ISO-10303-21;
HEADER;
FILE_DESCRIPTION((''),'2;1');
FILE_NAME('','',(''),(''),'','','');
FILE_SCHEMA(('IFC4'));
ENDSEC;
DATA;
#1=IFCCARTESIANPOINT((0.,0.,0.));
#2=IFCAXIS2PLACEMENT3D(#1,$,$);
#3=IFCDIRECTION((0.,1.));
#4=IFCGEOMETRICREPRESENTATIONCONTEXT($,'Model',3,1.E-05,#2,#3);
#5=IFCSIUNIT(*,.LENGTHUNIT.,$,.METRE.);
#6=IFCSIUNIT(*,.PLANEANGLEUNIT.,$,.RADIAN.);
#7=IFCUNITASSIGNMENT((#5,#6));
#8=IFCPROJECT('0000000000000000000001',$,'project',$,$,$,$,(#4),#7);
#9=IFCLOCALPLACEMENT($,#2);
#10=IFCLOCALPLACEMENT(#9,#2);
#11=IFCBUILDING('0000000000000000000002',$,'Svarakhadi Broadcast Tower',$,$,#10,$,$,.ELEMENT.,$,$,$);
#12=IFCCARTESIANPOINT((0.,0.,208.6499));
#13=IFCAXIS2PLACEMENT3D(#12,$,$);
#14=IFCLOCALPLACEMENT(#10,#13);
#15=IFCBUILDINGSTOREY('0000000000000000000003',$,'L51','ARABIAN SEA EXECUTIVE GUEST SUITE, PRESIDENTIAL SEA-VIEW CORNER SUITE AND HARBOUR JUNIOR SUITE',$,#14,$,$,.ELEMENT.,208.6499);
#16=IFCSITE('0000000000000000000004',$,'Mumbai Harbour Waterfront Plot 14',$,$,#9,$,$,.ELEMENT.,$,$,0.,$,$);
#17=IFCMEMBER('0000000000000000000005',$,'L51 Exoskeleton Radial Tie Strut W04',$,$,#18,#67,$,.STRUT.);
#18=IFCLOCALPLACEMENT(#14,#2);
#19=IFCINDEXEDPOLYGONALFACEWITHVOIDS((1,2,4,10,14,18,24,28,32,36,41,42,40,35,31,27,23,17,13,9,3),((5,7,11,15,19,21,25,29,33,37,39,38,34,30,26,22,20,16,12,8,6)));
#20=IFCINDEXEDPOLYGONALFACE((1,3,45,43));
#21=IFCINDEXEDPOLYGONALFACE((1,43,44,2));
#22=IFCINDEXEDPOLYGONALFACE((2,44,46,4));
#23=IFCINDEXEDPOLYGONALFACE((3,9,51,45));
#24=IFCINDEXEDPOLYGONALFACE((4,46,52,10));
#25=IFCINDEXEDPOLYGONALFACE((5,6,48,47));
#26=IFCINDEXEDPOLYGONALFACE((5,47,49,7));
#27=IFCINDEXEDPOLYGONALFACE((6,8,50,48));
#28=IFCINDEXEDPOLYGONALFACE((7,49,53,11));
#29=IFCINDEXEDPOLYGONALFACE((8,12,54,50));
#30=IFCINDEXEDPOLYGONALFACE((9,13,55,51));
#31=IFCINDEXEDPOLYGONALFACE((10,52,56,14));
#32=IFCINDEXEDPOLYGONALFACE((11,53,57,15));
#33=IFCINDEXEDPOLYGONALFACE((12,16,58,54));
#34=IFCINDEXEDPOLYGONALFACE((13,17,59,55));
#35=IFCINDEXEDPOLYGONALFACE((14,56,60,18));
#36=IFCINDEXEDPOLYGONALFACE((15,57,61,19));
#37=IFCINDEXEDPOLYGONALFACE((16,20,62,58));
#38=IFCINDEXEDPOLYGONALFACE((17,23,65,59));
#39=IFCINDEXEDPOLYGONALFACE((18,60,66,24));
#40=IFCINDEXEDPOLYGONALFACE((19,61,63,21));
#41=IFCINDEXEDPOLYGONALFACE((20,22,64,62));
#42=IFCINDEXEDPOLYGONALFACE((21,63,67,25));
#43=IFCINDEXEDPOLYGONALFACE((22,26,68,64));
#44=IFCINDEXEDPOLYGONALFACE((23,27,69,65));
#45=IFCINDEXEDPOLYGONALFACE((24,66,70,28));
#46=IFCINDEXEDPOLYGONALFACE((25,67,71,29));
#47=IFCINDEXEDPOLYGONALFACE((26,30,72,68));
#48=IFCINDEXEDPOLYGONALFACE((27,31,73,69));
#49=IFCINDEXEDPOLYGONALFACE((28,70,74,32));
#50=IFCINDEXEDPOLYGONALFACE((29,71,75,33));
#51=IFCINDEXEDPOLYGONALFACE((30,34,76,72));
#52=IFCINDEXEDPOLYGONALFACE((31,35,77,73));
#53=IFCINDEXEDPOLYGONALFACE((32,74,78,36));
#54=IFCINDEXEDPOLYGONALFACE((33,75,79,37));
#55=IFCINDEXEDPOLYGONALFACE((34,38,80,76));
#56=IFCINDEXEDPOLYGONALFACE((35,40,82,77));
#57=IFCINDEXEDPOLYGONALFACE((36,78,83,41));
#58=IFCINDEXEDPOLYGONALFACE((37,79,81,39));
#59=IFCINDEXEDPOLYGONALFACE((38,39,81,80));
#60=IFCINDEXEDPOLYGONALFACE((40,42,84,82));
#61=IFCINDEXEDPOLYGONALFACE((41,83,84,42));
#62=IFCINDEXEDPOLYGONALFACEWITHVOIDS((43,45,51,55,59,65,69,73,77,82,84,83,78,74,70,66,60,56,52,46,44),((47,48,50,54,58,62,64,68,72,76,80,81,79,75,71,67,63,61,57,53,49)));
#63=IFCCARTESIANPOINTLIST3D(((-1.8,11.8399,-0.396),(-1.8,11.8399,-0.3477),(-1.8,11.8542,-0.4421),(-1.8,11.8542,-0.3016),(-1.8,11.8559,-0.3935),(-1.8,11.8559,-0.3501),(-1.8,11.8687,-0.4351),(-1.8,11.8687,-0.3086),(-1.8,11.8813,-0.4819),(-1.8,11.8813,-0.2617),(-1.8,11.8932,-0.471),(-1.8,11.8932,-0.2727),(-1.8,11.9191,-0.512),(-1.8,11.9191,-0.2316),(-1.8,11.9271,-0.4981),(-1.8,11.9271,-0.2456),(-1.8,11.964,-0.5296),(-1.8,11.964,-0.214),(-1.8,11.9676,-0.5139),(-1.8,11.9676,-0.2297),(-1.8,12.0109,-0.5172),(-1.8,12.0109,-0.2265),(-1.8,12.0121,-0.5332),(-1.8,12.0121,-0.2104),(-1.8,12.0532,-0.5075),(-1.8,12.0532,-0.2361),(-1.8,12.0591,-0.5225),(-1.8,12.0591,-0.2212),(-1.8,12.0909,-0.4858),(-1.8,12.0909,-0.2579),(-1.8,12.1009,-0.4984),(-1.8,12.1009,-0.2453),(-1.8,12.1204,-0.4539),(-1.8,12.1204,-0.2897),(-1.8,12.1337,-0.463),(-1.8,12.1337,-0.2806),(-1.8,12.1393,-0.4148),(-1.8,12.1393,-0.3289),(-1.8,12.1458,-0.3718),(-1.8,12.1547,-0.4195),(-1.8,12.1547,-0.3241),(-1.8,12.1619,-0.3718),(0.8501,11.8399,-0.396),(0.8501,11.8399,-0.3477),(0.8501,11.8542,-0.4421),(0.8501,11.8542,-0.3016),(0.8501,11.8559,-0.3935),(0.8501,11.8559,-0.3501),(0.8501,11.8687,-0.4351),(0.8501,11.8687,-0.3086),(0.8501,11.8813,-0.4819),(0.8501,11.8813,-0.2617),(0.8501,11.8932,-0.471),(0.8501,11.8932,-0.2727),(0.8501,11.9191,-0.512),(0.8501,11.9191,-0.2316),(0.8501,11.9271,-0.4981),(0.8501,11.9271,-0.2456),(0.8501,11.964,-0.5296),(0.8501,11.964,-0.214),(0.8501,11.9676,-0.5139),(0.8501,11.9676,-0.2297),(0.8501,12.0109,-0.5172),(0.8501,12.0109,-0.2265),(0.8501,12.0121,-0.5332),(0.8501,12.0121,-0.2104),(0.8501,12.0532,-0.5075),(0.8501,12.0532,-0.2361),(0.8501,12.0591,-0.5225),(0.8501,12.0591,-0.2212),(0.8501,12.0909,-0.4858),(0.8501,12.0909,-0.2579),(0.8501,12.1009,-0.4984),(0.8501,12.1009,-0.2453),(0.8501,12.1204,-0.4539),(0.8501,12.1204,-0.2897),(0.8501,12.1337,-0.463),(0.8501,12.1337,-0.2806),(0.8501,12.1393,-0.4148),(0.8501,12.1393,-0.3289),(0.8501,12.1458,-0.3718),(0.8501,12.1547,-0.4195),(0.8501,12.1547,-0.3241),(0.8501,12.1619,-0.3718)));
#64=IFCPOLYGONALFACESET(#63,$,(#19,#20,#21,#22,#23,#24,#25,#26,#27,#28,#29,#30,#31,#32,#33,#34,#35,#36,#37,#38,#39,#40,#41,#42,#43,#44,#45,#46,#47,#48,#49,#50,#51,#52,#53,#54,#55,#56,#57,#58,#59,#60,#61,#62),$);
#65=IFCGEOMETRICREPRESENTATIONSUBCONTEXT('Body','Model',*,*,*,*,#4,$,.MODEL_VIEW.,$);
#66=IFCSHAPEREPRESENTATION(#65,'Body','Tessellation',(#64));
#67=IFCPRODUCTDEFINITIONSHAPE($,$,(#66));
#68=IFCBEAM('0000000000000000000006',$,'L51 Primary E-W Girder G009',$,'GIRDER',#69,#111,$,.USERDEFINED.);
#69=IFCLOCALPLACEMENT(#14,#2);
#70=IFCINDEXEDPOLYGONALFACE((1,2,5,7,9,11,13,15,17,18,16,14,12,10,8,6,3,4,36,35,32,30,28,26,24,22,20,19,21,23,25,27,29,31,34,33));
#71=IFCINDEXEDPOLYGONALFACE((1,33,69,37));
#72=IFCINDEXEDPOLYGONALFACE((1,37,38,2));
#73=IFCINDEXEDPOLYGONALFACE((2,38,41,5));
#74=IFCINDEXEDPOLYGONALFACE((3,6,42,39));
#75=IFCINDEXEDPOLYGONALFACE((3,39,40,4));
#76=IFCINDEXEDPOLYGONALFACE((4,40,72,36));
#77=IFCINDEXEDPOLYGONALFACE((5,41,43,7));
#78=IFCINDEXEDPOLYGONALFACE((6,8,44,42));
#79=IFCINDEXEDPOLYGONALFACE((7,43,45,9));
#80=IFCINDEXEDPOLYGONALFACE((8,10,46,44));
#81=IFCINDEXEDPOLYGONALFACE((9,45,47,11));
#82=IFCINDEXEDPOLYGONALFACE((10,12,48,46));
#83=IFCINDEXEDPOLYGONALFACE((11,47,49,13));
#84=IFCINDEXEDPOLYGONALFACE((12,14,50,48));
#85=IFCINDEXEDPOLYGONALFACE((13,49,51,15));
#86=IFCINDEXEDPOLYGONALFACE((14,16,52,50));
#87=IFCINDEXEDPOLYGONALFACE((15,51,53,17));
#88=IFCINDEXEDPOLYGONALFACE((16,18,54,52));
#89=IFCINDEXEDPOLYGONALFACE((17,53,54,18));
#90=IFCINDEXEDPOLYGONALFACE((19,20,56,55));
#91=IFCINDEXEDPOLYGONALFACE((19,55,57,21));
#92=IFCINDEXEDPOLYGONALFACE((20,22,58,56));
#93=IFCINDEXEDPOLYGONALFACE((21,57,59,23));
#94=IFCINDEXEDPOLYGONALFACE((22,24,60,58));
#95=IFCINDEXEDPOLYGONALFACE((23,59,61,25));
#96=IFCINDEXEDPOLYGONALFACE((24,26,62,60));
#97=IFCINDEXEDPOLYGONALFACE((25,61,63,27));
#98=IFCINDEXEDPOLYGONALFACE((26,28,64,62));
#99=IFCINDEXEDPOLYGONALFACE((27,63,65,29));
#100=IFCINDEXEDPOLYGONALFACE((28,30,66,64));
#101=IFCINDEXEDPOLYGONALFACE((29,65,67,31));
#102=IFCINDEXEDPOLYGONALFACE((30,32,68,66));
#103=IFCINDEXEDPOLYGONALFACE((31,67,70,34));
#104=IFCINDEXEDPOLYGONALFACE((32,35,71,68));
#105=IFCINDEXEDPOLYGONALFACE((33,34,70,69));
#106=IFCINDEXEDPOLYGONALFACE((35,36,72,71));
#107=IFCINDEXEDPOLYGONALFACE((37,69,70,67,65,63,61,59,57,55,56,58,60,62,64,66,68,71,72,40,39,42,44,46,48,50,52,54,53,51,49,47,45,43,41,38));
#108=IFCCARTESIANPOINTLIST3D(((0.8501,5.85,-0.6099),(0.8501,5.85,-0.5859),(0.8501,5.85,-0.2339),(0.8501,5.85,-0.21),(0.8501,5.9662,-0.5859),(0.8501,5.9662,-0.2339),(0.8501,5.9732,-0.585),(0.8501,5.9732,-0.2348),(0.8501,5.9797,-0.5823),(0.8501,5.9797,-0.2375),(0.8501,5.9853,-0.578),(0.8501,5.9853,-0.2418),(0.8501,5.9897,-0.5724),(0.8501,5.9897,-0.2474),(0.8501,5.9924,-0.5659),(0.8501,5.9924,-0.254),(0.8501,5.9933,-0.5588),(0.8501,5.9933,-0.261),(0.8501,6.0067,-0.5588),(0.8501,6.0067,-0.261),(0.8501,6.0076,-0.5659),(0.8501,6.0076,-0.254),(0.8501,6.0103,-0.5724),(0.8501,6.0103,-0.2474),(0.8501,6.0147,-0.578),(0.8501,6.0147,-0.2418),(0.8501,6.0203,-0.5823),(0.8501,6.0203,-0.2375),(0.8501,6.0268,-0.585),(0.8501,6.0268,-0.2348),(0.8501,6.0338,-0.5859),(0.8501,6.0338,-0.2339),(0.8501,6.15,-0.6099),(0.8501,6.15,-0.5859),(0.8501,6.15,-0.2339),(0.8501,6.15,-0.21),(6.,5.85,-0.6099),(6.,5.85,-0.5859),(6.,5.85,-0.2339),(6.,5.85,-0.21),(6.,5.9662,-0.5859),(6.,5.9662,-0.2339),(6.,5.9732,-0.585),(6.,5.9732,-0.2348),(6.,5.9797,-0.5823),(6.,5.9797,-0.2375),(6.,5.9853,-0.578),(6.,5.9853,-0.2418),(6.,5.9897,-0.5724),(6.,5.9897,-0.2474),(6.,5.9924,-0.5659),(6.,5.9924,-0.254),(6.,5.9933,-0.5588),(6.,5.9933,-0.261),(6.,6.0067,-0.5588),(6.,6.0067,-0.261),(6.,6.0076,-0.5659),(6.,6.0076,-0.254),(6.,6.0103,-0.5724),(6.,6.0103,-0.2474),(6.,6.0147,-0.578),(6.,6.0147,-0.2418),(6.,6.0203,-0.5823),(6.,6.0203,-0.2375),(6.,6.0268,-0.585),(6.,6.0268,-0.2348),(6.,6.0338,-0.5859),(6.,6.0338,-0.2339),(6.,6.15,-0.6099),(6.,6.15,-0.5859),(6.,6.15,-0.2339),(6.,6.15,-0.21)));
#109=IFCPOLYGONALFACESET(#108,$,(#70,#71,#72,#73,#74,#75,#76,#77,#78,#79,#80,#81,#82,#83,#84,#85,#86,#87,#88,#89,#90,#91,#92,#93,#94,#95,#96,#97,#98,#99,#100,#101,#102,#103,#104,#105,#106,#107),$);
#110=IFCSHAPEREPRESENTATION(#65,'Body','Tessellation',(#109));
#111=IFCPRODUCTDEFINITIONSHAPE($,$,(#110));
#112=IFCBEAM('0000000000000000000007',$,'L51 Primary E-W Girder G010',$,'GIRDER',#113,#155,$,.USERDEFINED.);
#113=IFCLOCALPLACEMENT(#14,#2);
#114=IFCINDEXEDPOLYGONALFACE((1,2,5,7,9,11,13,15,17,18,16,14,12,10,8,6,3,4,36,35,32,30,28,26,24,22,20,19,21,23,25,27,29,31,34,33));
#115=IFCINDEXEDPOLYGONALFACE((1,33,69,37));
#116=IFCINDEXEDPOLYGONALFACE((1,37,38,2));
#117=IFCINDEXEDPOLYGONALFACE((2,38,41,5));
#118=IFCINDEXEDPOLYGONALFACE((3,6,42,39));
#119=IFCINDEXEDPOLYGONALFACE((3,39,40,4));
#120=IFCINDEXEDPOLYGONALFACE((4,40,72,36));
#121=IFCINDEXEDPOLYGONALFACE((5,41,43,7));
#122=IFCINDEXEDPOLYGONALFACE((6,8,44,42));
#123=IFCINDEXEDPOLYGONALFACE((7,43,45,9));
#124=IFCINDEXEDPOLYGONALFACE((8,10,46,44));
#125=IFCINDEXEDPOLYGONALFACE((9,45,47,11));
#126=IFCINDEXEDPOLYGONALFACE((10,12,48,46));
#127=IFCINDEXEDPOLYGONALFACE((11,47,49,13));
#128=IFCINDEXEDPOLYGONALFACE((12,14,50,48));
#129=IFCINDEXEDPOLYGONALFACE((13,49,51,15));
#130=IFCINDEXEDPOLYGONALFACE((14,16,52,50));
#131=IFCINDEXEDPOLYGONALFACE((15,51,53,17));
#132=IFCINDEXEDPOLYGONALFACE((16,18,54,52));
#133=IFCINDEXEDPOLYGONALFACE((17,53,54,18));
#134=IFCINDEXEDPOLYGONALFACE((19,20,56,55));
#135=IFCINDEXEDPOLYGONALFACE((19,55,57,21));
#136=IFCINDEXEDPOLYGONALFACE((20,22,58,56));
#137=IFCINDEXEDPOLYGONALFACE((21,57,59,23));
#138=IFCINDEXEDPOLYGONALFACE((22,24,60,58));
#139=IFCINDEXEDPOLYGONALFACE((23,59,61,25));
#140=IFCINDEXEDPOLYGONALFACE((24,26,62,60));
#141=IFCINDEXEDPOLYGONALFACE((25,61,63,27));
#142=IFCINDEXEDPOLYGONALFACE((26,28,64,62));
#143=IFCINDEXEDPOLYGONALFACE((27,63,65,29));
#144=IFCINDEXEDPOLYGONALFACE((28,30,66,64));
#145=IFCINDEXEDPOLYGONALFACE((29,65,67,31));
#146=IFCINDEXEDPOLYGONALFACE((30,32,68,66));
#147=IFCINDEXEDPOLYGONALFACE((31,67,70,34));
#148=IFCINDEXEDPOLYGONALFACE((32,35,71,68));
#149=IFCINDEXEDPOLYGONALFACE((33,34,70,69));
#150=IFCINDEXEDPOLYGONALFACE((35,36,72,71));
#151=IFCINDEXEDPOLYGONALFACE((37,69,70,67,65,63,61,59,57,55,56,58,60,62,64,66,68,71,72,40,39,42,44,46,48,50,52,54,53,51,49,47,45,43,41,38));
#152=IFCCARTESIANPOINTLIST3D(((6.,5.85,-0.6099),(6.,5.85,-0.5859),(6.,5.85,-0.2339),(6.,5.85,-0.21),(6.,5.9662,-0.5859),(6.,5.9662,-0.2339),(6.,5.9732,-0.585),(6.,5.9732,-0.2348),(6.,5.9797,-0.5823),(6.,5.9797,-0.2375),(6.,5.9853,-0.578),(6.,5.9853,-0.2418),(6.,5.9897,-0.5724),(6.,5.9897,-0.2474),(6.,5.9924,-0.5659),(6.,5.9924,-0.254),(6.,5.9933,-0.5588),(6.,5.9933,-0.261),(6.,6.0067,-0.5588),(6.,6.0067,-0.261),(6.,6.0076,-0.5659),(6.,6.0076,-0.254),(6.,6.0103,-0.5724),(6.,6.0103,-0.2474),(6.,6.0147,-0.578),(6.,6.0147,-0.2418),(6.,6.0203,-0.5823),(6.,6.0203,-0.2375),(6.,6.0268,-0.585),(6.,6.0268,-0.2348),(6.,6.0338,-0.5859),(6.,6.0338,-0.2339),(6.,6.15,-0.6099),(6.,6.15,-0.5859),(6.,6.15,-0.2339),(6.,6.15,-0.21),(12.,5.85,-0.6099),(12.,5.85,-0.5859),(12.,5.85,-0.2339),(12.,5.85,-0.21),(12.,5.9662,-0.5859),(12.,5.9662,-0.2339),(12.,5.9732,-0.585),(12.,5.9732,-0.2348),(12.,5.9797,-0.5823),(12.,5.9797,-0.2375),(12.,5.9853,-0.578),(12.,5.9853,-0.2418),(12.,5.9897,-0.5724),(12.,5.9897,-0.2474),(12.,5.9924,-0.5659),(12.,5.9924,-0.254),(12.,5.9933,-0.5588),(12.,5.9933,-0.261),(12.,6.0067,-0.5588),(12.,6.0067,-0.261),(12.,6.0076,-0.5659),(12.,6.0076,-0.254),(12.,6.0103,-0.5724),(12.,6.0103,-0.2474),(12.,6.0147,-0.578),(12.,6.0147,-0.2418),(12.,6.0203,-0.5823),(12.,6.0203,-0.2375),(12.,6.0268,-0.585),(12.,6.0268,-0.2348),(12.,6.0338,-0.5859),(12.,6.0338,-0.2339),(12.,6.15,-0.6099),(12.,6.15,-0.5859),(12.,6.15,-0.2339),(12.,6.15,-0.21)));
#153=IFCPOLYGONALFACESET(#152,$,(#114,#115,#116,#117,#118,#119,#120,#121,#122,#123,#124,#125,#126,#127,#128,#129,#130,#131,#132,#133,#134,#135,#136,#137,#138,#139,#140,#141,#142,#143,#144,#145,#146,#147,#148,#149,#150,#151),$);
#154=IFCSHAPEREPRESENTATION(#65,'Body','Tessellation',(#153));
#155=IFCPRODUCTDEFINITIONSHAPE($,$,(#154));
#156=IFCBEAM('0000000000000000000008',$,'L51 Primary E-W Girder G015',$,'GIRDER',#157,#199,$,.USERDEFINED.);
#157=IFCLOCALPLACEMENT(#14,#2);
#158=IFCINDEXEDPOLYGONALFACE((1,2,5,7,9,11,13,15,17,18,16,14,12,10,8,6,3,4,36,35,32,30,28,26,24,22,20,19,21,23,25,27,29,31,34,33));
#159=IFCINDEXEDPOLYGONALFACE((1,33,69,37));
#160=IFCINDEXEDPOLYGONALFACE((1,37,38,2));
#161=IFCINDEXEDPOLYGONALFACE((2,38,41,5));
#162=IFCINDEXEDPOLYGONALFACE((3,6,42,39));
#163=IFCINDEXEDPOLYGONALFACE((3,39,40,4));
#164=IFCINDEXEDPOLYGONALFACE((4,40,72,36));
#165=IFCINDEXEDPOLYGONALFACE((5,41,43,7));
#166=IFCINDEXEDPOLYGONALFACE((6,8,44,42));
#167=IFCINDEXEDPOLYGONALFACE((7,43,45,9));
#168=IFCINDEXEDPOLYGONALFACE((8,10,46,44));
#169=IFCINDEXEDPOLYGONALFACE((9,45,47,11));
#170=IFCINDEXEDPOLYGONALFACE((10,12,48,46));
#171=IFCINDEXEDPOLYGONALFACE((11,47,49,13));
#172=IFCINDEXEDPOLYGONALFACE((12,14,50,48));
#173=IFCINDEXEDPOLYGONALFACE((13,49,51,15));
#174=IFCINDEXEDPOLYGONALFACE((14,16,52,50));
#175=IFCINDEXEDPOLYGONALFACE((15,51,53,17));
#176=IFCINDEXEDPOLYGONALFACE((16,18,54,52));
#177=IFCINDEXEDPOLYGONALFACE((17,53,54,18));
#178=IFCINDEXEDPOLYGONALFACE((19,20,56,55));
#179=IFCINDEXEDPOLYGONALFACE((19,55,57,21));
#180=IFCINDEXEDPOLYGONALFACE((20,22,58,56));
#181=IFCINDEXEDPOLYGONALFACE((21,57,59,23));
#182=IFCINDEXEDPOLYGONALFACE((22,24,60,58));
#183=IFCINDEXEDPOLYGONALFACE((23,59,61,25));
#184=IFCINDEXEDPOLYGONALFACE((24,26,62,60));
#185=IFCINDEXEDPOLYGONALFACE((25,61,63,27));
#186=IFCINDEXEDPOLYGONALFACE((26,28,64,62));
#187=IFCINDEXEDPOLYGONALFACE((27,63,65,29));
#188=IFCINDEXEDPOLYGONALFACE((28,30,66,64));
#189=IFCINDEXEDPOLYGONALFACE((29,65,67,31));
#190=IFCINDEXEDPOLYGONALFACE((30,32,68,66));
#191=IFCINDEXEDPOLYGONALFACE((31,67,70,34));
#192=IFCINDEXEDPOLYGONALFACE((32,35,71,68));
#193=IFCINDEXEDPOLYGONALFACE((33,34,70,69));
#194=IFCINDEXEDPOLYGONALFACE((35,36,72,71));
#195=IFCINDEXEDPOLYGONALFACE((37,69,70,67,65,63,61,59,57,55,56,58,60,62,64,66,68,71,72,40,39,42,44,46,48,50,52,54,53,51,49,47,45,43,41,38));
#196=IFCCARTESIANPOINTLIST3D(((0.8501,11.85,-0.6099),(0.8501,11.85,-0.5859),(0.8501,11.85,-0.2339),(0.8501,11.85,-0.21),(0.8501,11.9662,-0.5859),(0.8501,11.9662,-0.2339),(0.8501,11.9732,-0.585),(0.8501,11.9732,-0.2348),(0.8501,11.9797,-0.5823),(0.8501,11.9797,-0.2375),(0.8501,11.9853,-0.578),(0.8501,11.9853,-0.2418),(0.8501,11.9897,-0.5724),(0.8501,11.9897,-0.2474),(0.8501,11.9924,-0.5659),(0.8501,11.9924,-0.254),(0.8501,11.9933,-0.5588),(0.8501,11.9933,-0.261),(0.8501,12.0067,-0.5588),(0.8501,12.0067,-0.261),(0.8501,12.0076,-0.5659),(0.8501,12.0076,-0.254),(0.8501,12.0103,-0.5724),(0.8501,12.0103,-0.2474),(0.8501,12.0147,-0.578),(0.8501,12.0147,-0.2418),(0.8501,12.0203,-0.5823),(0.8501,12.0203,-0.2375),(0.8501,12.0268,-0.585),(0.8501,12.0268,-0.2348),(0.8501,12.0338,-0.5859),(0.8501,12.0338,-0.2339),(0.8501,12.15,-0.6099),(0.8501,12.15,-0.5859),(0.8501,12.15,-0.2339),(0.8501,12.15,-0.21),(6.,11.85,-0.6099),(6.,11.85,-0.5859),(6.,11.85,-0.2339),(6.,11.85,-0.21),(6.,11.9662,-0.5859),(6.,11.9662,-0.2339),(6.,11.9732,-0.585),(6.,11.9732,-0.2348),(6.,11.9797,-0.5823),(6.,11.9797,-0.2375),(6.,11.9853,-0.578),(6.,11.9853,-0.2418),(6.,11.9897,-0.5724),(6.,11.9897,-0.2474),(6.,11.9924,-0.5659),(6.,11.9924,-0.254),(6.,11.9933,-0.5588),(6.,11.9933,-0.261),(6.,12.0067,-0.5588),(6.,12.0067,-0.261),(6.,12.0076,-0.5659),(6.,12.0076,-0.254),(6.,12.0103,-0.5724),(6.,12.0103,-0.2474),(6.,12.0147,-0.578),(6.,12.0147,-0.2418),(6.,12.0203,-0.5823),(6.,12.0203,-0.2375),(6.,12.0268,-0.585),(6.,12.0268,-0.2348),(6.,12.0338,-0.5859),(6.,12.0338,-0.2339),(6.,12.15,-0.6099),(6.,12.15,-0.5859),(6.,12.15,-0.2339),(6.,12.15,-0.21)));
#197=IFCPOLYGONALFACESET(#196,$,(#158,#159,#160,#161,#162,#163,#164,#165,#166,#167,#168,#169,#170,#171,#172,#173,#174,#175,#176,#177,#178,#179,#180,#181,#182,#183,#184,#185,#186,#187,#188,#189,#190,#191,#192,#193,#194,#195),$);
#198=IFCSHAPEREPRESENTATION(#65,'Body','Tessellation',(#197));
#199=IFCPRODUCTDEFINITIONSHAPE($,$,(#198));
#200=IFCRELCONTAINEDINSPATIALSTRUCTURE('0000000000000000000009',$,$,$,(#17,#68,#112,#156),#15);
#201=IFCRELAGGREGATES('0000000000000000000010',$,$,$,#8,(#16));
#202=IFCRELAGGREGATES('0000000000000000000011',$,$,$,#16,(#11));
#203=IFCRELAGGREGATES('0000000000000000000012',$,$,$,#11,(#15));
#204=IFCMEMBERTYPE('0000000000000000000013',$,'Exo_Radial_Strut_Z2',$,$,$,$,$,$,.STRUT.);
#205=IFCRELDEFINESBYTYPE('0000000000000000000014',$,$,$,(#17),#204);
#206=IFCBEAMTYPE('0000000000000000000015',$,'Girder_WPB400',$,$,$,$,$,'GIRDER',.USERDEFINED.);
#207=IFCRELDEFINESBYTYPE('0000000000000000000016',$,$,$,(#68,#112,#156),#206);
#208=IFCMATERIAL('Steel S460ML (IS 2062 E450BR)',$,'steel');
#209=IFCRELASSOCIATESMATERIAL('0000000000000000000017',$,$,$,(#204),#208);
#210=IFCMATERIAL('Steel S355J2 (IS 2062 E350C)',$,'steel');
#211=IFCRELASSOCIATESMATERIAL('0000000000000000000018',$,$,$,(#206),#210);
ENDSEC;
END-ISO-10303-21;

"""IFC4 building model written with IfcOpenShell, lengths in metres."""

from ifc_helpers import new_model, si_unit, direction, frame, origin, origin_2d, place, context, subcontext, project, spatial, hollow_circle, i_section, extrude, material, material_profile, profile_set, type_object, element, save


model = new_model("IFC4")

# Units and contexts
model_context = context("Model", 3, precision=1e-05, world=origin(), true_north=direction((0.0, 1.0)))
body_context = subcontext(model_context, "Body", "Model", "MODEL_VIEW")
ifc_project = project(units=[si_unit("LENGTHUNIT", "METRE"), si_unit("PLANEANGLEUNIT", "RADIAN")], contexts=[model_context])

# Site, building, storey
site_placement = place(None, origin())
site = spatial("IfcSite", under=ifc_project, at=site_placement, Name="Mumbai Harbour Waterfront Plot 14", CompositionType="ELEMENT", RefElevation=0.0)
building_placement = place(site_placement, origin())
building = spatial("IfcBuilding", under=site, at=building_placement, Name="Svarakhadi Broadcast Tower", CompositionType="ELEMENT")
storey_placement = place(building_placement, frame((0.0, 0.0, 208.6499)))
storey = spatial("IfcBuildingStorey", under=building, at=storey_placement, Name="L51", Description="ARABIAN SEA EXECUTIVE GUEST SUITE, PRESIDENTIAL SEA-VIEW CORNER SUITE AND HARBOUR JUNIOR SUITE", CompositionType="ELEMENT", Elevation=208.6499)

# Shared definitions
ifc_material_1 = material(Name="Steel S460ML (IS 2062 E450BR)", Category="steel")

# Shared definitions
ifc_material_2 = material(Name="Steel S355J2 (IS 2062 E350C)", Category="steel")

# Member
ifc_material_profile_1 = material_profile(ifc_material_1, hollow_circle(Radius=0.1619, WallThickness=0.0161, at=origin_2d()), Name="CHS 323.9x16")
ifc_profile_set_1 = profile_set([ifc_material_profile_1], Name="Steel S460ML (IS 2062 E450BR)")
member_type_1 = type_object("IfcMemberType", Name="Exo_Radial_Strut_Z2", PredefinedType="STRUT", material=ifc_profile_set_1)
member_1_placement = place(storey_placement, frame((-1.8, 12.0, -0.3718), z_axis=(1.0, 0.0, 0.0), x_axis=(0.0, 1.0, 0.0)))
element("IfcMember", 1, at=member_1_placement, inside=storey, type_object=member_type_1, Name="L51 Exoskeleton Radial Tie Strut W04", PredefinedType="STRUT", context=body_context, shape_type="SweptSolid", body=[
    extrude(hollow_circle(Radius=0.1619, WallThickness=0.0161, at=origin_2d()), origin(), (0.0, 0.0, 1.0), 2.6501),
])

# Beams
ifc_material_profile_2 = material_profile(ifc_material_2, i_section(OverallWidth=0.3, OverallDepth=0.3999, WebThickness=0.0134, FlangeThickness=0.0239, FilletRadius=0.0271, at=origin_2d()), Name="WPB 400x300x155")
ifc_profile_set_2 = profile_set([ifc_material_profile_2], Name="Steel S355J2 (IS 2062 E350C)")
beam_type_1 = type_object("IfcBeamType", Name="Girder_WPB400", ElementType="GIRDER", PredefinedType="USERDEFINED", material=ifc_profile_set_2)
beam_1_placement = place(storey_placement, frame((0.8501, 6.0, -0.4099), z_axis=(1.0, 0.0, 0.0), x_axis=(0.0, 1.0, 0.0)))
element("IfcBeam", 2, at=beam_1_placement, inside=storey, type_object=beam_type_1, Name="L51 Primary E-W Girder G009", ObjectType="GIRDER", PredefinedType="USERDEFINED", context=body_context, shape_type="SweptSolid", body=[
    extrude(i_section(OverallWidth=0.3, OverallDepth=0.3999, WebThickness=0.0134, FlangeThickness=0.0239, FilletRadius=0.0271, at=origin_2d()), origin(), (0.0, 0.0, 1.0), 5.1499),
])
beam_2_placement = place(storey_placement, frame((6.0, 6.0, -0.4099), z_axis=(1.0, 0.0, 0.0), x_axis=(0.0, 1.0, 0.0)))
element("IfcBeam", 3, at=beam_2_placement, inside=storey, type_object=beam_type_1, Name="L51 Primary E-W Girder G010", ObjectType="GIRDER", PredefinedType="USERDEFINED", context=body_context, shape_type="SweptSolid", body=[
    extrude(i_section(OverallWidth=0.3, OverallDepth=0.3999, WebThickness=0.0134, FlangeThickness=0.0239, FilletRadius=0.0271, at=origin_2d()), origin(), (0.0, 0.0, 1.0), 6.0),
])
beam_3_placement = place(storey_placement, frame((0.8501, 12.0, -0.4099), z_axis=(1.0, 0.0, 0.0), x_axis=(0.0, 1.0, 0.0)))
element("IfcBeam", 4, at=beam_3_placement, inside=storey, type_object=beam_type_1, Name="L51 Primary E-W Girder G015", ObjectType="GIRDER", PredefinedType="USERDEFINED", context=body_context, shape_type="SweptSolid", body=[
    extrude(i_section(OverallWidth=0.3, OverallDepth=0.3999, WebThickness=0.0134, FlangeThickness=0.0239, FilletRadius=0.0271, at=origin_2d()), origin(), (0.0, 0.0, 1.0), 5.1499),
])

save(model, "model.ifc")
